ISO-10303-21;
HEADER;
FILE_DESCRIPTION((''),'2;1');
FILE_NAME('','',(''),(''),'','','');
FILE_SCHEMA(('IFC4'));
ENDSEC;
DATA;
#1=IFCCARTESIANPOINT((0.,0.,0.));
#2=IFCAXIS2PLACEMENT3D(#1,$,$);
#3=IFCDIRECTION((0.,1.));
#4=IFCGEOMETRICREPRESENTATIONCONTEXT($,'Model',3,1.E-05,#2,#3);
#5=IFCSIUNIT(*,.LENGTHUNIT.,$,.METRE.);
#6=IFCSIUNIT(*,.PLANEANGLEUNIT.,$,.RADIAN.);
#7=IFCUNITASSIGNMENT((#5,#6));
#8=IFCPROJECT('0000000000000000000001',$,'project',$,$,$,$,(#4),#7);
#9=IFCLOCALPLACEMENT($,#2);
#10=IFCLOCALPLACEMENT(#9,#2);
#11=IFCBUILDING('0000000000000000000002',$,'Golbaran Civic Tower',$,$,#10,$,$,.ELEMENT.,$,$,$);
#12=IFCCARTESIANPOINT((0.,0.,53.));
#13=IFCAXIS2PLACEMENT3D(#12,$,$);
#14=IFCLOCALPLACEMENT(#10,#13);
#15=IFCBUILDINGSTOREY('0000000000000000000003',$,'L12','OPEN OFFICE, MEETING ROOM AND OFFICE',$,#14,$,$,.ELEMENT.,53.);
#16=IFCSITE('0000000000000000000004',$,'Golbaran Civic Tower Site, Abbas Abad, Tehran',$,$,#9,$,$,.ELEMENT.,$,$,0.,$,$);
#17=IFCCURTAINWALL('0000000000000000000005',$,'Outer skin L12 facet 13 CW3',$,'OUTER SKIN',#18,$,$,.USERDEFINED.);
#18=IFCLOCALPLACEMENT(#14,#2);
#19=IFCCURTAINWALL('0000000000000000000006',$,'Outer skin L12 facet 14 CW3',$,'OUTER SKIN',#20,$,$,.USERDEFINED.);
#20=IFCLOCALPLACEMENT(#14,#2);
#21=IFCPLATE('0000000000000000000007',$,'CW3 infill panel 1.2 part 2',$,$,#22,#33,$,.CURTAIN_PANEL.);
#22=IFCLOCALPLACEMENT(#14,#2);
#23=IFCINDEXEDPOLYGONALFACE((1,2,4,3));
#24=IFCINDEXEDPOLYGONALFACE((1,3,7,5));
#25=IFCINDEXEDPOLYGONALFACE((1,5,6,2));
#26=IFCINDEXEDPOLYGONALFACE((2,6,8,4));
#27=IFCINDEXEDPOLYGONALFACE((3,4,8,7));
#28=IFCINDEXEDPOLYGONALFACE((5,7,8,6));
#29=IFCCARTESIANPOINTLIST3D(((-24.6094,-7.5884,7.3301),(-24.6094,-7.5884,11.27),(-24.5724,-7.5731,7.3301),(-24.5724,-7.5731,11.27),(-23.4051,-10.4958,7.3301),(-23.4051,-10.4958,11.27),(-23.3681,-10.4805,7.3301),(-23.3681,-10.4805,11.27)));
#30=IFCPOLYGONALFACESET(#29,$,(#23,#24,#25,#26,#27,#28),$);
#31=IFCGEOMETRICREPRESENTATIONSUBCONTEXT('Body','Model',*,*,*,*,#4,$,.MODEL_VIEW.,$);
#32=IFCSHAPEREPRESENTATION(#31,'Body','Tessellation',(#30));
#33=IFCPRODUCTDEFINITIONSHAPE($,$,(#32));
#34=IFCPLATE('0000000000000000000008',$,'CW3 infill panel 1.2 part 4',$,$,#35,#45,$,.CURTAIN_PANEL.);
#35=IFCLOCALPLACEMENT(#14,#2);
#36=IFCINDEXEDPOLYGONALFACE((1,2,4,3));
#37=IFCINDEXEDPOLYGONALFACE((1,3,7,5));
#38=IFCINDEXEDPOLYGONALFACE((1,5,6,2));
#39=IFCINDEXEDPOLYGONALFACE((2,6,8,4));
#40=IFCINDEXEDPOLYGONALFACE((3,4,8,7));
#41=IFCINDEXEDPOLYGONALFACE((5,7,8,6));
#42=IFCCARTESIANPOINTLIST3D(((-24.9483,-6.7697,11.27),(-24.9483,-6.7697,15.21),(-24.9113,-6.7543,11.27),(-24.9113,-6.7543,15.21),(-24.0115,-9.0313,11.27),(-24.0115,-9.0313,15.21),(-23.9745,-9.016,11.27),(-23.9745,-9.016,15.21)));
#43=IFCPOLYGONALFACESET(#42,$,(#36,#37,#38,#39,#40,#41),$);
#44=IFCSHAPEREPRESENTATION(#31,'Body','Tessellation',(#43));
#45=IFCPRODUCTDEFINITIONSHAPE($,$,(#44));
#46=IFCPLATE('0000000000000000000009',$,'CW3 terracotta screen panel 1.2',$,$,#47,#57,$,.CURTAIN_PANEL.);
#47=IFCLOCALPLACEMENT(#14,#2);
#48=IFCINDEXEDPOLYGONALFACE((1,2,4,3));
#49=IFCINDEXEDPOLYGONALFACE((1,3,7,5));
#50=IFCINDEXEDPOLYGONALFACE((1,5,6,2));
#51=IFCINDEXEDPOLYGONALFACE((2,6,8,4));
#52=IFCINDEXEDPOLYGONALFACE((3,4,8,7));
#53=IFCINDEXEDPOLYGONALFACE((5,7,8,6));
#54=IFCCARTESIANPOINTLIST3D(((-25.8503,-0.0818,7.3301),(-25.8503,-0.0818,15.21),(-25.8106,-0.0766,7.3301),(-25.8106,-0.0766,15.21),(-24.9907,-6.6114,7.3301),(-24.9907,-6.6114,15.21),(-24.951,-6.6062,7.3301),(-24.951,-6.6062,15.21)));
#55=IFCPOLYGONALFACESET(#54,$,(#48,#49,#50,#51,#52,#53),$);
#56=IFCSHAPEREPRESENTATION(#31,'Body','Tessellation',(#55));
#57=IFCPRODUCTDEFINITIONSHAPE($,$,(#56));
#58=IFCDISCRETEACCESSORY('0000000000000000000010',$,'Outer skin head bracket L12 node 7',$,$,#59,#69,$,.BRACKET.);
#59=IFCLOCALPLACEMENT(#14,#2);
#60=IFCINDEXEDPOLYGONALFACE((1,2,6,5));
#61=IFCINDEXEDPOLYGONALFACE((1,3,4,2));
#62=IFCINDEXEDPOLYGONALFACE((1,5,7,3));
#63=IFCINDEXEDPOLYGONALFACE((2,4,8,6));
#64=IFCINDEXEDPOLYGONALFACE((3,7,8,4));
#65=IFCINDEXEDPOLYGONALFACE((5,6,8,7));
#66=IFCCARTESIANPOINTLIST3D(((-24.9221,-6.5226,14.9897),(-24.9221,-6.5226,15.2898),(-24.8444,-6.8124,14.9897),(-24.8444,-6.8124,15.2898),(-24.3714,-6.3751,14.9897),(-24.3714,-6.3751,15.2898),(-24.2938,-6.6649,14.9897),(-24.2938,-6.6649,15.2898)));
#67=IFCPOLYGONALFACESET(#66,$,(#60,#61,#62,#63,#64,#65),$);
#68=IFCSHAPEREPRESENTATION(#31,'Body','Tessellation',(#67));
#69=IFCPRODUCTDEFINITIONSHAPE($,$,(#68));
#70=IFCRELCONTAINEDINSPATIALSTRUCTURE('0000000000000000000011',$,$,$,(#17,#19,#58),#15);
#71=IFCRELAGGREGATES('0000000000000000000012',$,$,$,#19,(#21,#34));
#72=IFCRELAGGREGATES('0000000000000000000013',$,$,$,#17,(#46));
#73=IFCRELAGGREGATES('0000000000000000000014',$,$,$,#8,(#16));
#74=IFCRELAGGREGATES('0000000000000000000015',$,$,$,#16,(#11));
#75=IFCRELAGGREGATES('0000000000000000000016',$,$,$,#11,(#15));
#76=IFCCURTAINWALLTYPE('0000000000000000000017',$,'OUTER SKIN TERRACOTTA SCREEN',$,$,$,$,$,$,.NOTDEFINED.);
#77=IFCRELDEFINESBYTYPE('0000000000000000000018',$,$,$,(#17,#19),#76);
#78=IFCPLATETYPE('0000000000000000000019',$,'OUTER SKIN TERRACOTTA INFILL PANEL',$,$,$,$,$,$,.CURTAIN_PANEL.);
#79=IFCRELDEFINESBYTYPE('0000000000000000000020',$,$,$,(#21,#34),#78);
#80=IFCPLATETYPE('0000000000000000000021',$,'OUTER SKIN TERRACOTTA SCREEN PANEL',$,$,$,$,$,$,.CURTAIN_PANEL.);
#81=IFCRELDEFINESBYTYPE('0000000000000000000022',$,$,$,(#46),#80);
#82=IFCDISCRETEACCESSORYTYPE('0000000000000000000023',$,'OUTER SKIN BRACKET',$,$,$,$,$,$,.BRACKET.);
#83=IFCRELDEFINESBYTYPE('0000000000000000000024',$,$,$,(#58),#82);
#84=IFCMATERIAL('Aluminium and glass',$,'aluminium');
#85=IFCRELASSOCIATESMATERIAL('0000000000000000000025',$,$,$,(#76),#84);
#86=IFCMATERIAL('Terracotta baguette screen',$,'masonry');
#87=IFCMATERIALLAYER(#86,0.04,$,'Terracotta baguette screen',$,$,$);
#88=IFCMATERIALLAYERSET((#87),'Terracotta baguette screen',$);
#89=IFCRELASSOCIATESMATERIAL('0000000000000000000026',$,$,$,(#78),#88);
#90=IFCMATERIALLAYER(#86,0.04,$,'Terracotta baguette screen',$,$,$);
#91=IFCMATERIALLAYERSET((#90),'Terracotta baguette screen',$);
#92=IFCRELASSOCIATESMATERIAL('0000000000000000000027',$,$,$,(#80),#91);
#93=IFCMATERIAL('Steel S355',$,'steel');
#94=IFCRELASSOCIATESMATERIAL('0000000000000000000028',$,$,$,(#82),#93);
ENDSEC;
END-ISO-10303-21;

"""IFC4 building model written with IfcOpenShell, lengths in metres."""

from ifc_helpers import new_model, si_unit, direction, frame, origin, origin_2d, place, context, subcontext, project, spatial, rectangle, extrude, material, layer, layer_set, type_object, element, aggregate, save


model = new_model("IFC4")

# Units and contexts
model_context = context("Model", 3, precision=1e-05, world=origin(), true_north=direction((0.0, 1.0)))
body_context = subcontext(model_context, "Body", "Model", "MODEL_VIEW")
ifc_project = project(units=[si_unit("LENGTHUNIT", "METRE"), si_unit("PLANEANGLEUNIT", "RADIAN")], contexts=[model_context])

# Site, building, storey
site_placement = place(None, origin())
site = spatial("IfcSite", under=ifc_project, at=site_placement, Name="Golbaran Civic Tower Site, Abbas Abad, Tehran", CompositionType="ELEMENT", RefElevation=0.0)
building_placement = place(site_placement, origin())
building = spatial("IfcBuilding", under=site, at=building_placement, Name="Golbaran Civic Tower", CompositionType="ELEMENT")
storey_placement = place(building_placement, frame((0.0, 0.0, 53.0)))
storey = spatial("IfcBuildingStorey", under=building, at=storey_placement, Name="L12", Description="OPEN OFFICE, MEETING ROOM AND OFFICE", CompositionType="ELEMENT", Elevation=53.0)

# Curtain walls
ifc_material_1 = material(Name="Aluminium and glass", Category="aluminium")
curtain_wall_type_1 = type_object("IfcCurtainWallType", Name="OUTER SKIN TERRACOTTA SCREEN", PredefinedType="NOTDEFINED", material=ifc_material_1)
curtain_wall_1_placement = place(storey_placement, origin())
curtain_wall_1 = element("IfcCurtainWall", 1, at=curtain_wall_1_placement, inside=storey, type_object=curtain_wall_type_1, Name="Outer skin L12 facet 13 CW3", ObjectType="OUTER SKIN", PredefinedType="USERDEFINED")
curtain_wall_2_placement = place(storey_placement, origin())
curtain_wall_2 = element("IfcCurtainWall", 2, at=curtain_wall_2_placement, inside=storey, type_object=curtain_wall_type_1, Name="Outer skin L12 facet 14 CW3", ObjectType="OUTER SKIN", PredefinedType="USERDEFINED")

# Plates
ifc_material_2 = material(Name="Terracotta baguette screen", Category="masonry")
ifc_layer_1 = layer(ifc_material_2, 0.04, Name="Terracotta baguette screen")
ifc_layer_set_1 = layer_set([ifc_layer_1], Name="Terracotta baguette screen")
plate_type_1 = type_object("IfcPlateType", Name="OUTER SKIN TERRACOTTA INFILL PANEL", PredefinedType="CURTAIN_PANEL", material=ifc_layer_set_1)
plate_1_placement = place(storey_placement, frame((-23.9888, -9.0344, 7.3301), z_axis=(0.0, 0.0, 1.0), x_axis=(0.382683, -0.92388, 0.0)))
plate_1 = element("IfcPlate", 3, at=plate_1_placement, type_object=plate_type_1, Name="CW3 infill panel 1.2 part 2", PredefinedType="CURTAIN_PANEL", context=body_context, shape_type="SweptSolid", body=[
    extrude(rectangle(XDim=3.147, YDim=0.04, at=origin_2d()), origin(), (0.0, 0.0, 1.0), 3.9399),
])
plate_2_placement = place(storey_placement, frame((-24.4614, -7.8928, 11.27), z_axis=(0.0, 0.0, 1.0), x_axis=(0.382683, -0.92388, 0.0)))
plate_2 = element("IfcPlate", 4, at=plate_2_placement, type_object=plate_type_1, Name="CW3 infill panel 1.2 part 4", PredefinedType="CURTAIN_PANEL", context=body_context, shape_type="SweptSolid", body=[
    extrude(rectangle(XDim=2.448, YDim=0.04, at=origin_2d()), origin(), (0.0, 0.0, 1.0), 3.9399),
])
aggregate(curtain_wall_2, [plate_1, plate_2])
ifc_layer_2 = layer(ifc_material_2, 0.04, Name="Terracotta baguette screen")
ifc_layer_set_2 = layer_set([ifc_layer_2], Name="Terracotta baguette screen")
plate_type_2 = type_object("IfcPlateType", Name="OUTER SKIN TERRACOTTA SCREEN PANEL", PredefinedType="CURTAIN_PANEL", material=ifc_layer_set_2)
plate_3_placement = place(storey_placement, frame((-25.4006, -3.344, 7.3301), z_axis=(0.0, 0.0, 1.0), x_axis=(0.130526, -0.991445, 0.0)))
plate_3 = element("IfcPlate", 5, at=plate_3_placement, type_object=plate_type_2, Name="CW3 terracotta screen panel 1.2", PredefinedType="CURTAIN_PANEL", context=body_context, shape_type="SweptSolid", body=[
    extrude(rectangle(XDim=6.5859, YDim=0.04, at=origin_2d()), origin(), (0.0, 0.0, 1.0), 7.8799),
])
aggregate(curtain_wall_1, [plate_3])

# Discrete accessory
ifc_material_3 = material(Name="Steel S355", Category="steel")
discrete_accessory_type = type_object("IfcDiscreteAccessoryType", Name="OUTER SKIN BRACKET", PredefinedType="BRACKET", material=ifc_material_3)
discrete_accessory_placement = place(storey_placement, frame((-24.6079, -6.5938, 14.9897), z_axis=(0.0, 0.0, 1.0), x_axis=(-0.965926, -0.258819, 0.0)))
element("IfcDiscreteAccessory", 6, at=discrete_accessory_placement, inside=storey, type_object=discrete_accessory_type, Name="Outer skin head bracket L12 node 7", PredefinedType="BRACKET", context=body_context, shape_type="SweptSolid", body=[
    extrude(rectangle(XDim=0.5701, YDim=0.3, at=origin_2d()), origin(), (0.0, 0.0, 1.0), 0.3),
])

save(model, "model.ifc")
